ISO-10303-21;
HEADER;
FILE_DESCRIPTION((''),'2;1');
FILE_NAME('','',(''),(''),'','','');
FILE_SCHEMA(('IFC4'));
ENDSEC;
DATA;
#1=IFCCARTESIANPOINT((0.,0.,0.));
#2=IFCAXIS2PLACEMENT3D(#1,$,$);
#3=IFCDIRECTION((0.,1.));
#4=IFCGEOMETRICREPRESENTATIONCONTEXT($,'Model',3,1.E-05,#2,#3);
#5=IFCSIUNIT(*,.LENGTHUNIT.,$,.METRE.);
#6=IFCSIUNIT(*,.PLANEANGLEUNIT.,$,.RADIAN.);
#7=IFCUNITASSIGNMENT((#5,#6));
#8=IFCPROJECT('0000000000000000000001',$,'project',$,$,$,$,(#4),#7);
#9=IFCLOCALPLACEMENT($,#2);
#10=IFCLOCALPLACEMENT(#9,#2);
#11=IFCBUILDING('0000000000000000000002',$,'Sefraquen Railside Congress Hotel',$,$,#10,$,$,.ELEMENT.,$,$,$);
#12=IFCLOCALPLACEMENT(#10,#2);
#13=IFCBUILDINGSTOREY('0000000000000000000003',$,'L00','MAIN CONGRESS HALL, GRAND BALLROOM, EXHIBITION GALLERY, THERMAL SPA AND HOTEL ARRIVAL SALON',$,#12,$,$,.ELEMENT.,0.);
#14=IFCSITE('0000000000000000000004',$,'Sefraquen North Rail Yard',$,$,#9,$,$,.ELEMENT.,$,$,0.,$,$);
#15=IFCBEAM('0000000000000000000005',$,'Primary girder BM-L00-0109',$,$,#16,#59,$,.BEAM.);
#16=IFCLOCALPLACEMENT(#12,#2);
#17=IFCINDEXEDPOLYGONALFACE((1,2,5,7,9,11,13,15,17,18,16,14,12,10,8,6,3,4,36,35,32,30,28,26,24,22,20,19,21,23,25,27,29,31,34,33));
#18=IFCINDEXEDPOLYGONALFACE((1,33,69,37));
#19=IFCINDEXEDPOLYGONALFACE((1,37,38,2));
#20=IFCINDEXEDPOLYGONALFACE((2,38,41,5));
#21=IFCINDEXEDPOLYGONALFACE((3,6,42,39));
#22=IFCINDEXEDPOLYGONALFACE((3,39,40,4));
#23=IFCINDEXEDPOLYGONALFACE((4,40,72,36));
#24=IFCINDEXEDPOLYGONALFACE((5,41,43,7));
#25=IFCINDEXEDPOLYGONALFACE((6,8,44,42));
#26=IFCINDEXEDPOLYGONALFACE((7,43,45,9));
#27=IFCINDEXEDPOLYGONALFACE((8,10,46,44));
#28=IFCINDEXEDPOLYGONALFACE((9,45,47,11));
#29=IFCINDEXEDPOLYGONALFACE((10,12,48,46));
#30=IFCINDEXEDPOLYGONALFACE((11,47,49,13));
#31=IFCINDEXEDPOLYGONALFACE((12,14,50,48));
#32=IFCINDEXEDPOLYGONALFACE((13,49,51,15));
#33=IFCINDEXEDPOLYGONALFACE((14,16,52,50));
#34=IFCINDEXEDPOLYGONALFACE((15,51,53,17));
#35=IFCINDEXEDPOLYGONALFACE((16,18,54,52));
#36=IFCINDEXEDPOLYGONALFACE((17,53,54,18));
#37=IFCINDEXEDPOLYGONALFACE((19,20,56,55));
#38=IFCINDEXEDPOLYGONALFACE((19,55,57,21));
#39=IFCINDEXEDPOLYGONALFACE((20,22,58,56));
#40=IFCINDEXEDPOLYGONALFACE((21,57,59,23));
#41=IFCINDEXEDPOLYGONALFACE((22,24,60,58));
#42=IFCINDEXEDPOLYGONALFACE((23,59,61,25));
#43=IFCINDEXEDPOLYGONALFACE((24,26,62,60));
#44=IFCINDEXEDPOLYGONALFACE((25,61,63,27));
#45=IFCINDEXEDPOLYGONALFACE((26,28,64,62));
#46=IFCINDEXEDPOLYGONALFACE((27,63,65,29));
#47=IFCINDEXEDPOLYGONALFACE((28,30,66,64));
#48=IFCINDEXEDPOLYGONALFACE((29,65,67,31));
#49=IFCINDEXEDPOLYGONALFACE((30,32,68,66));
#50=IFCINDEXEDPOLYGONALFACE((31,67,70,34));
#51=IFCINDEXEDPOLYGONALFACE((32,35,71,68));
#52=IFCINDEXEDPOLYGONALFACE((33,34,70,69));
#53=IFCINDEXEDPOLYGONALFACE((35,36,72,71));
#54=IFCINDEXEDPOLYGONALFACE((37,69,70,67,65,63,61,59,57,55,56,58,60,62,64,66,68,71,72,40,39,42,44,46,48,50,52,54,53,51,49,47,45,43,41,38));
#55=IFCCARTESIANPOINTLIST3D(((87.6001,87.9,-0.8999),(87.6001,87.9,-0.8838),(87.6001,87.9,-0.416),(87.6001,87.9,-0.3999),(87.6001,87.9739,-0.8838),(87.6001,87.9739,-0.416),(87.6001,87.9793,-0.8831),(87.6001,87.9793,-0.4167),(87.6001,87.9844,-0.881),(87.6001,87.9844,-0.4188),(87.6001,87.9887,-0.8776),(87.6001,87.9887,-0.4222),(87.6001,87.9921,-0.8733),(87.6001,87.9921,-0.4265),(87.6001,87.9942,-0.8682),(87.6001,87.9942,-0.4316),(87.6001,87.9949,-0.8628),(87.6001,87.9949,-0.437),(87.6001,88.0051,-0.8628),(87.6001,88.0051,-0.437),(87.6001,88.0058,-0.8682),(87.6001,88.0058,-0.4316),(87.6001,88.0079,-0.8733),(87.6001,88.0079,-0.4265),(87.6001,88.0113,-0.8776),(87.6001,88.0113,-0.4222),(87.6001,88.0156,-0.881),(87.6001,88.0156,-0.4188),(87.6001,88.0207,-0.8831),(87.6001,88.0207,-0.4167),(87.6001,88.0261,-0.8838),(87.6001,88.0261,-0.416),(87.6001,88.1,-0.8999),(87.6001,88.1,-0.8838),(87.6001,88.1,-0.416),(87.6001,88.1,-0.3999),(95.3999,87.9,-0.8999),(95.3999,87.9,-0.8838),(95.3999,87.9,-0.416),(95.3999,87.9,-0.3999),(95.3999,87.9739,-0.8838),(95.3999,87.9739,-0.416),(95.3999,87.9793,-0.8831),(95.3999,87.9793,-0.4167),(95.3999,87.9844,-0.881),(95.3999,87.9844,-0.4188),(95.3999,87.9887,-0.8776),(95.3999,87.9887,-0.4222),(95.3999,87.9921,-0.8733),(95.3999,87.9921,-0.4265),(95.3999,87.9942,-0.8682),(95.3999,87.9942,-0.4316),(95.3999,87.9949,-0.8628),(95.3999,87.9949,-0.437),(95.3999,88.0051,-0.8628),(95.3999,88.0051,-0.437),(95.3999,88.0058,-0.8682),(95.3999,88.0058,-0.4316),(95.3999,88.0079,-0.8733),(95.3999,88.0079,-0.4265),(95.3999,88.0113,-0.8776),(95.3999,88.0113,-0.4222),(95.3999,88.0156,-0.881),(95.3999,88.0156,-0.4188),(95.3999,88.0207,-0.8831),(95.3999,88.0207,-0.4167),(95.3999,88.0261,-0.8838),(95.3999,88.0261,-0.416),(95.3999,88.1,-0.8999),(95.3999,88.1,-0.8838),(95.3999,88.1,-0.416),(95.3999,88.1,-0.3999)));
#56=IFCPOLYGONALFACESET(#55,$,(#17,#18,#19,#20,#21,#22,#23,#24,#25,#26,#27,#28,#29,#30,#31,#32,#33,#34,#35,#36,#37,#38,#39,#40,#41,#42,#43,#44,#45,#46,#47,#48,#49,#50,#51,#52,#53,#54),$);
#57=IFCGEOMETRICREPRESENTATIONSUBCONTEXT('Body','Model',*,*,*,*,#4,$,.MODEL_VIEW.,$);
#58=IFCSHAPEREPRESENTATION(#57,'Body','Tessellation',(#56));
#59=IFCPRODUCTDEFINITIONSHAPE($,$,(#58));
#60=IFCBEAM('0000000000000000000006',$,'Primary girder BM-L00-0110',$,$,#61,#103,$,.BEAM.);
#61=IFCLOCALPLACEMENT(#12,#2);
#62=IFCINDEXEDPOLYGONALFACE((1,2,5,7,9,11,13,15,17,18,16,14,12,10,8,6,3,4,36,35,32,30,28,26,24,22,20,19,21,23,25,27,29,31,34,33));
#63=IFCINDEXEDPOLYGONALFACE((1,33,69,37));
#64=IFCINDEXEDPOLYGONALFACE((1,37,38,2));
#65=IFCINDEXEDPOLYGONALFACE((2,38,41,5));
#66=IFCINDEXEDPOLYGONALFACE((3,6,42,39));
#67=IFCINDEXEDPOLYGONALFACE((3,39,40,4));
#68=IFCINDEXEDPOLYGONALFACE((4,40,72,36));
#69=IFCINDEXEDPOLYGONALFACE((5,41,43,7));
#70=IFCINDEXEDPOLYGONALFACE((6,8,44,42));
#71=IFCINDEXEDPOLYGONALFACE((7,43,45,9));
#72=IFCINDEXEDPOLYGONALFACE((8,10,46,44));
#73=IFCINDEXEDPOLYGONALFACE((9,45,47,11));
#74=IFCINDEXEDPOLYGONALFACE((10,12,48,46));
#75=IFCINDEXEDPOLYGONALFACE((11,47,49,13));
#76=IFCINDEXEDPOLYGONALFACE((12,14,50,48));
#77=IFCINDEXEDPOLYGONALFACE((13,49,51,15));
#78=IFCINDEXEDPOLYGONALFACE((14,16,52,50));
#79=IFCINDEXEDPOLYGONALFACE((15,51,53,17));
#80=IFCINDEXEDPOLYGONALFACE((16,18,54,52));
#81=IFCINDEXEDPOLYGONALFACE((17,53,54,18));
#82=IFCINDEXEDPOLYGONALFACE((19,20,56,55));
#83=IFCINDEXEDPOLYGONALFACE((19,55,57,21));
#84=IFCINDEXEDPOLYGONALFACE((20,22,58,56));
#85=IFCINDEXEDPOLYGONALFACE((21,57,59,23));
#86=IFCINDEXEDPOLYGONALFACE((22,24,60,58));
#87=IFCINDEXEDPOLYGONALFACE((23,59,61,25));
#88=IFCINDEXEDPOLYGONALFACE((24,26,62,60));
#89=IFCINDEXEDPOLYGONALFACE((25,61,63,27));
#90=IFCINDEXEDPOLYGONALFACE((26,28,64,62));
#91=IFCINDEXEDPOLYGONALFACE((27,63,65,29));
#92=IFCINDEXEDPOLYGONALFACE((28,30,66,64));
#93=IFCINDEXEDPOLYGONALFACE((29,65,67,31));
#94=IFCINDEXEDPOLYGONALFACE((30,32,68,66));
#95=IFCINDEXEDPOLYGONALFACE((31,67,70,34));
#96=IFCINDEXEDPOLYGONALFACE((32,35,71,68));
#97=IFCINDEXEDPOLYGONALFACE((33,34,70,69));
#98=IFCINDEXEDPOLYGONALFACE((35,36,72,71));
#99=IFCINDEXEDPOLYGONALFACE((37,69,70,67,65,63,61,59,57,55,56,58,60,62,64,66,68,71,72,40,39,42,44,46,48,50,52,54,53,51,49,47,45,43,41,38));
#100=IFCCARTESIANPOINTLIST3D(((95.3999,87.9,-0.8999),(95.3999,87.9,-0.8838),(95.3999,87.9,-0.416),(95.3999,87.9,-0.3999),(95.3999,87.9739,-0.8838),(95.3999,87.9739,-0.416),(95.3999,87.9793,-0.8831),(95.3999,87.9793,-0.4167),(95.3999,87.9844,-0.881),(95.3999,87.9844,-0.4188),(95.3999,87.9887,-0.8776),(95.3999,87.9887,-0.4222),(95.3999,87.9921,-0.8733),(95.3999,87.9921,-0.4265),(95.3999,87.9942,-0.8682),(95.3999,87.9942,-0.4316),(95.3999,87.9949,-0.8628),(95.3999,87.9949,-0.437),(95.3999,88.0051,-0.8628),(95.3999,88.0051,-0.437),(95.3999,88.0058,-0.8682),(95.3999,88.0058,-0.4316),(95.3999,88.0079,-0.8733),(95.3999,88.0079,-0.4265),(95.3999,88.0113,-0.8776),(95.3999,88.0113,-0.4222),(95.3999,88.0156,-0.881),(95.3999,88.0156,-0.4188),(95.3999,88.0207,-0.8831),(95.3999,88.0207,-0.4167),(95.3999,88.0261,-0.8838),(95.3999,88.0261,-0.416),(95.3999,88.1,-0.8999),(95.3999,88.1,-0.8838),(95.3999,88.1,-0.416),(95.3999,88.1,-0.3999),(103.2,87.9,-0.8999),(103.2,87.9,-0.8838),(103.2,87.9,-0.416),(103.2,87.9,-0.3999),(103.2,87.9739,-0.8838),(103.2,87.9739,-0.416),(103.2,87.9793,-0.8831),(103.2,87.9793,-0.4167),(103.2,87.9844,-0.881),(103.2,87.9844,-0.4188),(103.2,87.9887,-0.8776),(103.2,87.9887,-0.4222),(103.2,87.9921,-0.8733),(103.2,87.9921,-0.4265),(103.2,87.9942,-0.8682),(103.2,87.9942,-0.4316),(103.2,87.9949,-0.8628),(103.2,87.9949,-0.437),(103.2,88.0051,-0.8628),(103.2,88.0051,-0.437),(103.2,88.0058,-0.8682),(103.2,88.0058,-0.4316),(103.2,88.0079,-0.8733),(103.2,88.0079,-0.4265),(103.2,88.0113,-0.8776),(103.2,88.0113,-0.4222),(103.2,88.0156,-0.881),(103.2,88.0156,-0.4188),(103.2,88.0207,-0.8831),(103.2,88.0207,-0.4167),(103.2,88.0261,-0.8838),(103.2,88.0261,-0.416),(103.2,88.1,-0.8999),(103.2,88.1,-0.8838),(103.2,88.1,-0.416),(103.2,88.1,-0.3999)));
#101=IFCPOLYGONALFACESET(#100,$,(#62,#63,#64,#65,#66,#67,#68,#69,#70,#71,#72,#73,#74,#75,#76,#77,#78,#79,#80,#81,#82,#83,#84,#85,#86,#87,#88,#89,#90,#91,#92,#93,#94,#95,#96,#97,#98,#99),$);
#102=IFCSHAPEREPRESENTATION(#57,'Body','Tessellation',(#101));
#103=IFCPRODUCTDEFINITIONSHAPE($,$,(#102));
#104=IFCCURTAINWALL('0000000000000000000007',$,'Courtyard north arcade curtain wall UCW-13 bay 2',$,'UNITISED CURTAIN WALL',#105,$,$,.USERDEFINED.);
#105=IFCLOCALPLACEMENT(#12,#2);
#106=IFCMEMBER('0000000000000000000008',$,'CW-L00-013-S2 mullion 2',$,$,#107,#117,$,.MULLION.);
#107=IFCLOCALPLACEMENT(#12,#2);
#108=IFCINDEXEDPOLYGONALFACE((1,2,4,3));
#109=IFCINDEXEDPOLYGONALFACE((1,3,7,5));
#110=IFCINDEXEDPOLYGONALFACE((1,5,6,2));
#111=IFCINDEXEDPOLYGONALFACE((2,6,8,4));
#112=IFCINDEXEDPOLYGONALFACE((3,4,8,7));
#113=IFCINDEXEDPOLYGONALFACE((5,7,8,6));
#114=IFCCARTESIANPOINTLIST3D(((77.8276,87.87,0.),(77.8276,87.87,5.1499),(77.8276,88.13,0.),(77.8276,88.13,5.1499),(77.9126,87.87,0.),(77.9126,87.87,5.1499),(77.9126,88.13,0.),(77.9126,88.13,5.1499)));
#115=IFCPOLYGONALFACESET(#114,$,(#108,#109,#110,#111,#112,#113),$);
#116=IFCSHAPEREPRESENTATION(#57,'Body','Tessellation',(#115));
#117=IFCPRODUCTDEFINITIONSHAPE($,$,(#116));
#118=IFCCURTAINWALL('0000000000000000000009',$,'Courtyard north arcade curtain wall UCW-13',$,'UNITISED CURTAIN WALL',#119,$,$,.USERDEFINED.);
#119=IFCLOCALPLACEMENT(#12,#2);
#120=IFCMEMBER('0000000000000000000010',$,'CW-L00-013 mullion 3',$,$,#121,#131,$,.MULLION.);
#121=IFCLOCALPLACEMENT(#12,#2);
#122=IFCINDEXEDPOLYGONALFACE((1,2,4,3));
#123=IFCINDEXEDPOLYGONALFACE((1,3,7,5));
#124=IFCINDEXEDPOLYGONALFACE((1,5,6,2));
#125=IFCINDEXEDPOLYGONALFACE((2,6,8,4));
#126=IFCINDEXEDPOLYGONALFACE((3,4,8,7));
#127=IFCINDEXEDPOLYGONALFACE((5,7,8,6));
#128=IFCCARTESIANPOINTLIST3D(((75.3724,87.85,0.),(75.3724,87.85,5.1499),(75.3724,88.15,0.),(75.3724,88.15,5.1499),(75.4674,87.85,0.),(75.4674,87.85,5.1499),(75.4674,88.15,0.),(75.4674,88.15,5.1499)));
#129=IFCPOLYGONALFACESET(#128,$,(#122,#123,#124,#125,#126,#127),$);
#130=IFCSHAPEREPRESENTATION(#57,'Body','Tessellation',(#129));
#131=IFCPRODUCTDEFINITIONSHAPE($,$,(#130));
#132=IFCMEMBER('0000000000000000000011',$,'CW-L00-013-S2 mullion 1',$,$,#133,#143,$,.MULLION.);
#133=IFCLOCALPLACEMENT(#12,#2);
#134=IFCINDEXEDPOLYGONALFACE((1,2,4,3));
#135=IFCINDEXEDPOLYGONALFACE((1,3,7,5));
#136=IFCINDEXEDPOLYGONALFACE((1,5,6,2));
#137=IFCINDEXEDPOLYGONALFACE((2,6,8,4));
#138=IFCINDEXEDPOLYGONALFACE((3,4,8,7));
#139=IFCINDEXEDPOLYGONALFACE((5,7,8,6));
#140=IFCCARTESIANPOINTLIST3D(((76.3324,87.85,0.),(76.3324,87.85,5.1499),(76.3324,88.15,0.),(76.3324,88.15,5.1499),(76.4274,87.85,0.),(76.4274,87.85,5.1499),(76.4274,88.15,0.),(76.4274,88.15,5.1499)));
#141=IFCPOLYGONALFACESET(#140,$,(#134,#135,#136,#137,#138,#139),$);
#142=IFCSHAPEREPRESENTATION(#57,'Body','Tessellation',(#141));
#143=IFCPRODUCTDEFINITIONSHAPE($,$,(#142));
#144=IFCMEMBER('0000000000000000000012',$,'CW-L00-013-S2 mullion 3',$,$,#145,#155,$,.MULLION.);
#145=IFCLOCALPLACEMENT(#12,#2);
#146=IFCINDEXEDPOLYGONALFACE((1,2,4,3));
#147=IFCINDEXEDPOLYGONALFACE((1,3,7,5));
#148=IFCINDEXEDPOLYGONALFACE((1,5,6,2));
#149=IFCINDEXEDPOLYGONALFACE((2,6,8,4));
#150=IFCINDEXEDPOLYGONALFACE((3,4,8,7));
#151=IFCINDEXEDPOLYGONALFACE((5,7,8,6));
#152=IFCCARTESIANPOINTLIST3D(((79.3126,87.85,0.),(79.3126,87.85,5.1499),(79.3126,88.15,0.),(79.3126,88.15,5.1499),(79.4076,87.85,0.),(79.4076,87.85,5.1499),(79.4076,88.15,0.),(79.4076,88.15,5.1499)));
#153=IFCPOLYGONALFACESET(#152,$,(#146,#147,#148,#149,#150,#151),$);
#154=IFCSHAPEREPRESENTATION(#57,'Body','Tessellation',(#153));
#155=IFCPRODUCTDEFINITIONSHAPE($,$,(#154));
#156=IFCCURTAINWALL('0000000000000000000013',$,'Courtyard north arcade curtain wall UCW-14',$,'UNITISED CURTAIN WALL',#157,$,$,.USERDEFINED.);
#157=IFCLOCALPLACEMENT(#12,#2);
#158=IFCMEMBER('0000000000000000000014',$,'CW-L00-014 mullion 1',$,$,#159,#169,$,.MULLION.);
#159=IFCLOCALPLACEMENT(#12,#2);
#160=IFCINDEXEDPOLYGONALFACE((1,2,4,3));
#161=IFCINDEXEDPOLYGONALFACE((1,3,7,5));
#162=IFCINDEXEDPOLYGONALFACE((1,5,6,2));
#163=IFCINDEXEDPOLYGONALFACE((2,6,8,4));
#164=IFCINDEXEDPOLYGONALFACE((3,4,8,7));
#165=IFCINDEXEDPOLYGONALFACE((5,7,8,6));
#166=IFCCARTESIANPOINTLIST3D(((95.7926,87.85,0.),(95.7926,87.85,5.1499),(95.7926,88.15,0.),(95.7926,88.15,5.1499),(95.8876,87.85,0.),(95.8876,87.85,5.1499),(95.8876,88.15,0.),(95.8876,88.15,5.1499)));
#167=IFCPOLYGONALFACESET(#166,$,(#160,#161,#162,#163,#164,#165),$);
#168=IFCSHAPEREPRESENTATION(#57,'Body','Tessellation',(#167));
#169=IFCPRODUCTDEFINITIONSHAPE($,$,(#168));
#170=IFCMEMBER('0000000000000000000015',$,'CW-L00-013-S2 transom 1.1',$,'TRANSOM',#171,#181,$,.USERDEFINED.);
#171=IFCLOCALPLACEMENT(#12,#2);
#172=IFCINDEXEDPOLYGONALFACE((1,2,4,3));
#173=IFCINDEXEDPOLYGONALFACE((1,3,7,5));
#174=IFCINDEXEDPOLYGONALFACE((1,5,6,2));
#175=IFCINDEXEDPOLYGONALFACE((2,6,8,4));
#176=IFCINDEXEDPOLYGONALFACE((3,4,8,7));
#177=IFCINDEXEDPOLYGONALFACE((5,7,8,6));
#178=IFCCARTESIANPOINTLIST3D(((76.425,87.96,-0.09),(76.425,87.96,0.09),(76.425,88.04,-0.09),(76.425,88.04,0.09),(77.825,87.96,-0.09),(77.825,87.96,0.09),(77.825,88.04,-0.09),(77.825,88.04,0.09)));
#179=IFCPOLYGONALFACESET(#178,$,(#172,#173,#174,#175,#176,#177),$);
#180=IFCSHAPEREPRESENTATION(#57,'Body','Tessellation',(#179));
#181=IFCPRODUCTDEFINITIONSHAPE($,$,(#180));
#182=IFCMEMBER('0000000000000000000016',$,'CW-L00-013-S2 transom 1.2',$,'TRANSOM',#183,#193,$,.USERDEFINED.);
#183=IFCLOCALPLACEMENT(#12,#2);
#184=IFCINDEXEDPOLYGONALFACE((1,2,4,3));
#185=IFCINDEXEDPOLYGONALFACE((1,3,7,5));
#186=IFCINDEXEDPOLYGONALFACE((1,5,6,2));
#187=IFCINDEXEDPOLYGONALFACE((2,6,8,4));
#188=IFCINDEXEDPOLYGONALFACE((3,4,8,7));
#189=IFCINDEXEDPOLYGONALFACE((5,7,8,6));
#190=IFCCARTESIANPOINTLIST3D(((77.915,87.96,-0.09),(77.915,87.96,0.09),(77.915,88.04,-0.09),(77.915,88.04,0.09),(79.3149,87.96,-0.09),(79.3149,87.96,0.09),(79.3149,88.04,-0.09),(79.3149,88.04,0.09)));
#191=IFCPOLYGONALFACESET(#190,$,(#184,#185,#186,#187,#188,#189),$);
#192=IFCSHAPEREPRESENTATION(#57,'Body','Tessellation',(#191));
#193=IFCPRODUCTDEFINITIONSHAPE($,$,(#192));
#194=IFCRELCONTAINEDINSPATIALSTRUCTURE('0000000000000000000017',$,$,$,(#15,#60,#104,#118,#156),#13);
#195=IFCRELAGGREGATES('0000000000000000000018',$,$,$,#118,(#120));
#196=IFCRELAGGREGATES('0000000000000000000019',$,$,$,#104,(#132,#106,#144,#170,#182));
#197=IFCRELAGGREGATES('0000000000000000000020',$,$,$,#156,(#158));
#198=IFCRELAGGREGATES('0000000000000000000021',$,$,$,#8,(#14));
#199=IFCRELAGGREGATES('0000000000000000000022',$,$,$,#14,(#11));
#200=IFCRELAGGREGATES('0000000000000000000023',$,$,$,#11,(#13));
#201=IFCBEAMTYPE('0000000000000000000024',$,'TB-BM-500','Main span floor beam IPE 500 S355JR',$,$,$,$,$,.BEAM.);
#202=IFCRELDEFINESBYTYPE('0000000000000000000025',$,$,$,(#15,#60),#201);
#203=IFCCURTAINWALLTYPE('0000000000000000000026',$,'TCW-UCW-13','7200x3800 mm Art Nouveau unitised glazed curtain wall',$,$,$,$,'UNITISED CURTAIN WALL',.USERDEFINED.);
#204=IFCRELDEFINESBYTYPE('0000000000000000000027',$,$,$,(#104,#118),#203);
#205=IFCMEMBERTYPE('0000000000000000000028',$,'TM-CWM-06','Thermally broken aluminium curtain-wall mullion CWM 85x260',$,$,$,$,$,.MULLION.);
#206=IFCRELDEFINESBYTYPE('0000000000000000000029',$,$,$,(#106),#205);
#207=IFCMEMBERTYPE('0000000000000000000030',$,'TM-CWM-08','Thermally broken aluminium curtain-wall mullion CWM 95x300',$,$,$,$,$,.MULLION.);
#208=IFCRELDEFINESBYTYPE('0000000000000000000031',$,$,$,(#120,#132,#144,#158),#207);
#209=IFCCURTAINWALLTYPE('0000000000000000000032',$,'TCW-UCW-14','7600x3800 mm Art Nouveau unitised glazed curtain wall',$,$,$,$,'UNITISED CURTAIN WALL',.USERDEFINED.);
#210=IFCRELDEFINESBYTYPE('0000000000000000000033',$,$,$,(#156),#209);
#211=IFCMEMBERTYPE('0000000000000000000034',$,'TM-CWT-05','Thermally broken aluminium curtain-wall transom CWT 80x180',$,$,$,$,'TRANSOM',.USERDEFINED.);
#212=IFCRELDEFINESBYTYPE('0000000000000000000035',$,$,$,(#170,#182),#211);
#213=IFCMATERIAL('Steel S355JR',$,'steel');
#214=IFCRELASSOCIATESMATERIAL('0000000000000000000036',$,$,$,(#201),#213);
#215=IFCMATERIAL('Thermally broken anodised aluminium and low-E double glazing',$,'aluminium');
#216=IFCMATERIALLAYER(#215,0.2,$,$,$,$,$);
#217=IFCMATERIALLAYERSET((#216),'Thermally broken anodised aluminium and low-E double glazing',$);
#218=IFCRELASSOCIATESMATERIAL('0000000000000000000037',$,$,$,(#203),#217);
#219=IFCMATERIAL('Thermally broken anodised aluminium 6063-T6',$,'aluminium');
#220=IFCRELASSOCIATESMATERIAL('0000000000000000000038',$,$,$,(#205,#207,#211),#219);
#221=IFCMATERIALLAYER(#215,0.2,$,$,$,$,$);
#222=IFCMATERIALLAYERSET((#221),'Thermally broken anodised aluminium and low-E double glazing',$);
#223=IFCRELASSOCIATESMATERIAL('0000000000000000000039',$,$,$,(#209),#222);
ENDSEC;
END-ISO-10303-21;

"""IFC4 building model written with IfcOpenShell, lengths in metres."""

from ifc_helpers import new_model, si_unit, direction, frame, origin, origin_2d, place, context, subcontext, project, spatial, rectangle, i_section, extrude, material, layer, layer_set, material_profile, profile_set, type_object, element, aggregate, save


model = new_model("IFC4")

# Units and contexts
model_context = context("Model", 3, precision=1e-05, world=origin(), true_north=direction((0.0, 1.0)))
body_context = subcontext(model_context, "Body", "Model", "MODEL_VIEW")
ifc_project = project(units=[si_unit("LENGTHUNIT", "METRE"), si_unit("PLANEANGLEUNIT", "RADIAN")], contexts=[model_context])

# Site, building, storey
site_placement = place(None, origin())
site = spatial("IfcSite", under=ifc_project, at=site_placement, Name="Sefraquen North Rail Yard", CompositionType="ELEMENT", RefElevation=0.0)
building_placement = place(site_placement, origin())
building = spatial("IfcBuilding", under=site, at=building_placement, Name="Sefraquen Railside Congress Hotel", CompositionType="ELEMENT")
storey_placement = place(building_placement, origin())
storey = spatial("IfcBuildingStorey", under=building, at=storey_placement, Name="L00", Description="MAIN CONGRESS HALL, GRAND BALLROOM, EXHIBITION GALLERY, THERMAL SPA AND HOTEL ARRIVAL SALON", CompositionType="ELEMENT", Elevation=0.0)

# Shared definitions
ifc_material_1 = material(Name="Steel S355JR", Category="steel")

# Beams
ifc_material_profile_1 = material_profile(ifc_material_1, i_section(OverallWidth=0.2, OverallDepth=0.5, WebThickness=0.0103, FlangeThickness=0.0161, FilletRadius=0.021, at=origin_2d()), Name="IPE 500")
ifc_profile_set_1 = profile_set([ifc_material_profile_1], Name="Steel S355JR")
beam_type_1 = type_object("IfcBeamType", Name="TB-BM-500", Description="Main span floor beam IPE 500 S355JR", PredefinedType="BEAM", material=ifc_profile_set_1)
beam_1_placement = place(storey_placement, frame((87.6001, 88.0, -0.6499), z_axis=(1.0, 0.0, 0.0), x_axis=(0.0, 1.0, 0.0)))
element("IfcBeam", 1, at=beam_1_placement, inside=storey, type_object=beam_type_1, Name="Primary girder BM-L00-0109", PredefinedType="BEAM", context=body_context, shape_type="SweptSolid", body=[
    extrude(i_section(OverallWidth=0.2, OverallDepth=0.5, WebThickness=0.0103, FlangeThickness=0.0161, FilletRadius=0.021, at=origin_2d()), origin(), (0.0, 0.0, 1.0), 7.7998),
])
beam_2_placement = place(storey_placement, frame((95.3999, 88.0, -0.6499), z_axis=(1.0, 0.0, 0.0), x_axis=(0.0, 1.0, 0.0)))
element("IfcBeam", 2, at=beam_2_placement, inside=storey, type_object=beam_type_1, Name="Primary girder BM-L00-0110", PredefinedType="BEAM", context=body_context, shape_type="SweptSolid", body=[
    extrude(i_section(OverallWidth=0.2, OverallDepth=0.5, WebThickness=0.0103, FlangeThickness=0.0161, FilletRadius=0.021, at=origin_2d()), origin(), (0.0, 0.0, 1.0), 7.8),
])

# Curtain walls, members
ifc_material_2 = material(Name="Thermally broken anodised aluminium and low-E double glazing", Category="aluminium")
ifc_layer_1 = layer(ifc_material_2, 0.2)
ifc_layer_set_1 = layer_set([ifc_layer_1], Name="Thermally broken anodised aluminium and low-E double glazing")
curtain_wall_type_1 = type_object("IfcCurtainWallType", Name="TCW-UCW-13", Description="7200x3800 mm Art Nouveau unitised glazed curtain wall", ElementType="UNITISED CURTAIN WALL", PredefinedType="USERDEFINED", material=ifc_layer_set_1)
curtain_wall_1_placement = place(storey_placement, origin())
curtain_wall_1 = element("IfcCurtainWall", 3, at=curtain_wall_1_placement, inside=storey, type_object=curtain_wall_type_1, Name="Courtyard north arcade curtain wall UCW-13 bay 2", ObjectType="UNITISED CURTAIN WALL", PredefinedType="USERDEFINED")
ifc_material_3 = material(Name="Thermally broken anodised aluminium 6063-T6", Category="aluminium")
ifc_material_profile_2 = material_profile(ifc_material_3, rectangle(XDim=0.085, YDim=0.26, at=origin_2d()), Name="CWM 85x260")
ifc_profile_set_2 = profile_set([ifc_material_profile_2], Name="Thermally broken anodised aluminium 6063-T6")
member_type_1 = type_object("IfcMemberType", Name="TM-CWM-06", Description="Thermally broken aluminium curtain-wall mullion CWM 85x260", PredefinedType="MULLION", material=ifc_profile_set_2)
member_1_placement = place(storey_placement, frame((77.8701, 88.0, 0.0), z_axis=(0.0, 0.0, 1.0), x_axis=(1.0, 0.0, 0.0)))
member_1 = element("IfcMember", 4, at=member_1_placement, type_object=member_type_1, Name="CW-L00-013-S2 mullion 2", PredefinedType="MULLION", context=body_context, shape_type="SweptSolid", body=[
    extrude(rectangle(XDim=0.085, YDim=0.26, at=origin_2d()), origin(), (0.0, 0.0, 1.0), 5.1499),
])
curtain_wall_2_placement = place(storey_placement, origin())
curtain_wall_2 = element("IfcCurtainWall", 5, at=curtain_wall_2_placement, inside=storey, type_object=curtain_wall_type_1, Name="Courtyard north arcade curtain wall UCW-13", ObjectType="UNITISED CURTAIN WALL", PredefinedType="USERDEFINED")
ifc_material_profile_3 = material_profile(ifc_material_3, rectangle(XDim=0.095, YDim=0.3, at=origin_2d()), Name="CWM 95x300")
ifc_profile_set_3 = profile_set([ifc_material_profile_3], Name="Thermally broken anodised aluminium 6063-T6")
member_type_2 = type_object("IfcMemberType", Name="TM-CWM-08", Description="Thermally broken aluminium curtain-wall mullion CWM 95x300", PredefinedType="MULLION", material=ifc_profile_set_3)
member_2_placement = place(storey_placement, frame((75.4199, 88.0, 0.0), z_axis=(0.0, 0.0, 1.0), x_axis=(1.0, 0.0, 0.0)))
member_2 = element("IfcMember", 6, at=member_2_placement, type_object=member_type_2, Name="CW-L00-013 mullion 3", PredefinedType="MULLION", context=body_context, shape_type="SweptSolid", body=[
    extrude(rectangle(XDim=0.095, YDim=0.3, at=origin_2d()), origin(), (0.0, 0.0, 1.0), 5.1499),
])
aggregate(curtain_wall_2, [member_2])

# Members
member_3_placement = place(storey_placement, frame((76.3799, 88.0, 0.0), z_axis=(0.0, 0.0, 1.0), x_axis=(1.0, 0.0, 0.0)))
member_3 = element("IfcMember", 7, at=member_3_placement, type_object=member_type_2, Name="CW-L00-013-S2 mullion 1", PredefinedType="MULLION", context=body_context, shape_type="SweptSolid", body=[
    extrude(rectangle(XDim=0.095, YDim=0.3, at=origin_2d()), origin(), (0.0, 0.0, 1.0), 5.1499),
])
member_4_placement = place(storey_placement, frame((79.3601, 88.0, 0.0), z_axis=(0.0, 0.0, 1.0), x_axis=(1.0, 0.0, 0.0)))
member_4 = element("IfcMember", 8, at=member_4_placement, type_object=member_type_2, Name="CW-L00-013-S2 mullion 3", PredefinedType="MULLION", context=body_context, shape_type="SweptSolid", body=[
    extrude(rectangle(XDim=0.095, YDim=0.3, at=origin_2d()), origin(), (0.0, 0.0, 1.0), 5.1499),
])

# Curtain wall, member
ifc_layer_2 = layer(ifc_material_2, 0.2)
ifc_layer_set_2 = layer_set([ifc_layer_2], Name="Thermally broken anodised aluminium and low-E double glazing")
curtain_wall_type_2 = type_object("IfcCurtainWallType", Name="TCW-UCW-14", Description="7600x3800 mm Art Nouveau unitised glazed curtain wall", ElementType="UNITISED CURTAIN WALL", PredefinedType="USERDEFINED", material=ifc_layer_set_2)
curtain_wall_3_placement = place(storey_placement, origin())
curtain_wall_3 = element("IfcCurtainWall", 9, at=curtain_wall_3_placement, inside=storey, type_object=curtain_wall_type_2, Name="Courtyard north arcade curtain wall UCW-14", ObjectType="UNITISED CURTAIN WALL", PredefinedType="USERDEFINED")
member_5_placement = place(storey_placement, frame((95.8401, 88.0, 0.0), z_axis=(0.0, 0.0, 1.0), x_axis=(1.0, 0.0, 0.0)))
member_5 = element("IfcMember", 10, at=member_5_placement, type_object=member_type_2, Name="CW-L00-014 mullion 1", PredefinedType="MULLION", context=body_context, shape_type="SweptSolid", body=[
    extrude(rectangle(XDim=0.095, YDim=0.3, at=origin_2d()), origin(), (0.0, 0.0, 1.0), 5.1499),
])

# Members
ifc_material_profile_4 = material_profile(ifc_material_3, rectangle(XDim=0.0801, YDim=0.1799, at=origin_2d()), Name="CWT 80x180")
ifc_profile_set_4 = profile_set([ifc_material_profile_4], Name="Thermally broken anodised aluminium 6063-T6")
member_type_3 = type_object("IfcMemberType", Name="TM-CWT-05", Description="Thermally broken aluminium curtain-wall transom CWT 80x180", ElementType="TRANSOM", PredefinedType="USERDEFINED", material=ifc_profile_set_4)
member_6_placement = place(storey_placement, frame((76.425, 88.0, 0.0), z_axis=(1.0, 0.0, 0.0), x_axis=(0.0, 1.0, 0.0)))
member_6 = element("IfcMember", 11, at=member_6_placement, type_object=member_type_3, Name="CW-L00-013-S2 transom 1.1", ObjectType="TRANSOM", PredefinedType="USERDEFINED", context=body_context, shape_type="SweptSolid", body=[
    extrude(rectangle(XDim=0.0801, YDim=0.1799, at=origin_2d()), origin(), (0.0, 0.0, 1.0), 1.3999),
])
member_7_placement = place(storey_placement, frame((77.915, 88.0, 0.0), z_axis=(1.0, 0.0, 0.0), x_axis=(0.0, 1.0, 0.0)))
member_7 = element("IfcMember", 12, at=member_7_placement, type_object=member_type_3, Name="CW-L00-013-S2 transom 1.2", ObjectType="TRANSOM", PredefinedType="USERDEFINED", context=body_context, shape_type="SweptSolid", body=[
    extrude(rectangle(XDim=0.0801, YDim=0.1799, at=origin_2d()), origin(), (0.0, 0.0, 1.0), 1.3999),
])

aggregate(curtain_wall_1, [member_3, member_1, member_4, member_6, member_7])
aggregate(curtain_wall_3, [member_5])

save(model, "model.ifc")
